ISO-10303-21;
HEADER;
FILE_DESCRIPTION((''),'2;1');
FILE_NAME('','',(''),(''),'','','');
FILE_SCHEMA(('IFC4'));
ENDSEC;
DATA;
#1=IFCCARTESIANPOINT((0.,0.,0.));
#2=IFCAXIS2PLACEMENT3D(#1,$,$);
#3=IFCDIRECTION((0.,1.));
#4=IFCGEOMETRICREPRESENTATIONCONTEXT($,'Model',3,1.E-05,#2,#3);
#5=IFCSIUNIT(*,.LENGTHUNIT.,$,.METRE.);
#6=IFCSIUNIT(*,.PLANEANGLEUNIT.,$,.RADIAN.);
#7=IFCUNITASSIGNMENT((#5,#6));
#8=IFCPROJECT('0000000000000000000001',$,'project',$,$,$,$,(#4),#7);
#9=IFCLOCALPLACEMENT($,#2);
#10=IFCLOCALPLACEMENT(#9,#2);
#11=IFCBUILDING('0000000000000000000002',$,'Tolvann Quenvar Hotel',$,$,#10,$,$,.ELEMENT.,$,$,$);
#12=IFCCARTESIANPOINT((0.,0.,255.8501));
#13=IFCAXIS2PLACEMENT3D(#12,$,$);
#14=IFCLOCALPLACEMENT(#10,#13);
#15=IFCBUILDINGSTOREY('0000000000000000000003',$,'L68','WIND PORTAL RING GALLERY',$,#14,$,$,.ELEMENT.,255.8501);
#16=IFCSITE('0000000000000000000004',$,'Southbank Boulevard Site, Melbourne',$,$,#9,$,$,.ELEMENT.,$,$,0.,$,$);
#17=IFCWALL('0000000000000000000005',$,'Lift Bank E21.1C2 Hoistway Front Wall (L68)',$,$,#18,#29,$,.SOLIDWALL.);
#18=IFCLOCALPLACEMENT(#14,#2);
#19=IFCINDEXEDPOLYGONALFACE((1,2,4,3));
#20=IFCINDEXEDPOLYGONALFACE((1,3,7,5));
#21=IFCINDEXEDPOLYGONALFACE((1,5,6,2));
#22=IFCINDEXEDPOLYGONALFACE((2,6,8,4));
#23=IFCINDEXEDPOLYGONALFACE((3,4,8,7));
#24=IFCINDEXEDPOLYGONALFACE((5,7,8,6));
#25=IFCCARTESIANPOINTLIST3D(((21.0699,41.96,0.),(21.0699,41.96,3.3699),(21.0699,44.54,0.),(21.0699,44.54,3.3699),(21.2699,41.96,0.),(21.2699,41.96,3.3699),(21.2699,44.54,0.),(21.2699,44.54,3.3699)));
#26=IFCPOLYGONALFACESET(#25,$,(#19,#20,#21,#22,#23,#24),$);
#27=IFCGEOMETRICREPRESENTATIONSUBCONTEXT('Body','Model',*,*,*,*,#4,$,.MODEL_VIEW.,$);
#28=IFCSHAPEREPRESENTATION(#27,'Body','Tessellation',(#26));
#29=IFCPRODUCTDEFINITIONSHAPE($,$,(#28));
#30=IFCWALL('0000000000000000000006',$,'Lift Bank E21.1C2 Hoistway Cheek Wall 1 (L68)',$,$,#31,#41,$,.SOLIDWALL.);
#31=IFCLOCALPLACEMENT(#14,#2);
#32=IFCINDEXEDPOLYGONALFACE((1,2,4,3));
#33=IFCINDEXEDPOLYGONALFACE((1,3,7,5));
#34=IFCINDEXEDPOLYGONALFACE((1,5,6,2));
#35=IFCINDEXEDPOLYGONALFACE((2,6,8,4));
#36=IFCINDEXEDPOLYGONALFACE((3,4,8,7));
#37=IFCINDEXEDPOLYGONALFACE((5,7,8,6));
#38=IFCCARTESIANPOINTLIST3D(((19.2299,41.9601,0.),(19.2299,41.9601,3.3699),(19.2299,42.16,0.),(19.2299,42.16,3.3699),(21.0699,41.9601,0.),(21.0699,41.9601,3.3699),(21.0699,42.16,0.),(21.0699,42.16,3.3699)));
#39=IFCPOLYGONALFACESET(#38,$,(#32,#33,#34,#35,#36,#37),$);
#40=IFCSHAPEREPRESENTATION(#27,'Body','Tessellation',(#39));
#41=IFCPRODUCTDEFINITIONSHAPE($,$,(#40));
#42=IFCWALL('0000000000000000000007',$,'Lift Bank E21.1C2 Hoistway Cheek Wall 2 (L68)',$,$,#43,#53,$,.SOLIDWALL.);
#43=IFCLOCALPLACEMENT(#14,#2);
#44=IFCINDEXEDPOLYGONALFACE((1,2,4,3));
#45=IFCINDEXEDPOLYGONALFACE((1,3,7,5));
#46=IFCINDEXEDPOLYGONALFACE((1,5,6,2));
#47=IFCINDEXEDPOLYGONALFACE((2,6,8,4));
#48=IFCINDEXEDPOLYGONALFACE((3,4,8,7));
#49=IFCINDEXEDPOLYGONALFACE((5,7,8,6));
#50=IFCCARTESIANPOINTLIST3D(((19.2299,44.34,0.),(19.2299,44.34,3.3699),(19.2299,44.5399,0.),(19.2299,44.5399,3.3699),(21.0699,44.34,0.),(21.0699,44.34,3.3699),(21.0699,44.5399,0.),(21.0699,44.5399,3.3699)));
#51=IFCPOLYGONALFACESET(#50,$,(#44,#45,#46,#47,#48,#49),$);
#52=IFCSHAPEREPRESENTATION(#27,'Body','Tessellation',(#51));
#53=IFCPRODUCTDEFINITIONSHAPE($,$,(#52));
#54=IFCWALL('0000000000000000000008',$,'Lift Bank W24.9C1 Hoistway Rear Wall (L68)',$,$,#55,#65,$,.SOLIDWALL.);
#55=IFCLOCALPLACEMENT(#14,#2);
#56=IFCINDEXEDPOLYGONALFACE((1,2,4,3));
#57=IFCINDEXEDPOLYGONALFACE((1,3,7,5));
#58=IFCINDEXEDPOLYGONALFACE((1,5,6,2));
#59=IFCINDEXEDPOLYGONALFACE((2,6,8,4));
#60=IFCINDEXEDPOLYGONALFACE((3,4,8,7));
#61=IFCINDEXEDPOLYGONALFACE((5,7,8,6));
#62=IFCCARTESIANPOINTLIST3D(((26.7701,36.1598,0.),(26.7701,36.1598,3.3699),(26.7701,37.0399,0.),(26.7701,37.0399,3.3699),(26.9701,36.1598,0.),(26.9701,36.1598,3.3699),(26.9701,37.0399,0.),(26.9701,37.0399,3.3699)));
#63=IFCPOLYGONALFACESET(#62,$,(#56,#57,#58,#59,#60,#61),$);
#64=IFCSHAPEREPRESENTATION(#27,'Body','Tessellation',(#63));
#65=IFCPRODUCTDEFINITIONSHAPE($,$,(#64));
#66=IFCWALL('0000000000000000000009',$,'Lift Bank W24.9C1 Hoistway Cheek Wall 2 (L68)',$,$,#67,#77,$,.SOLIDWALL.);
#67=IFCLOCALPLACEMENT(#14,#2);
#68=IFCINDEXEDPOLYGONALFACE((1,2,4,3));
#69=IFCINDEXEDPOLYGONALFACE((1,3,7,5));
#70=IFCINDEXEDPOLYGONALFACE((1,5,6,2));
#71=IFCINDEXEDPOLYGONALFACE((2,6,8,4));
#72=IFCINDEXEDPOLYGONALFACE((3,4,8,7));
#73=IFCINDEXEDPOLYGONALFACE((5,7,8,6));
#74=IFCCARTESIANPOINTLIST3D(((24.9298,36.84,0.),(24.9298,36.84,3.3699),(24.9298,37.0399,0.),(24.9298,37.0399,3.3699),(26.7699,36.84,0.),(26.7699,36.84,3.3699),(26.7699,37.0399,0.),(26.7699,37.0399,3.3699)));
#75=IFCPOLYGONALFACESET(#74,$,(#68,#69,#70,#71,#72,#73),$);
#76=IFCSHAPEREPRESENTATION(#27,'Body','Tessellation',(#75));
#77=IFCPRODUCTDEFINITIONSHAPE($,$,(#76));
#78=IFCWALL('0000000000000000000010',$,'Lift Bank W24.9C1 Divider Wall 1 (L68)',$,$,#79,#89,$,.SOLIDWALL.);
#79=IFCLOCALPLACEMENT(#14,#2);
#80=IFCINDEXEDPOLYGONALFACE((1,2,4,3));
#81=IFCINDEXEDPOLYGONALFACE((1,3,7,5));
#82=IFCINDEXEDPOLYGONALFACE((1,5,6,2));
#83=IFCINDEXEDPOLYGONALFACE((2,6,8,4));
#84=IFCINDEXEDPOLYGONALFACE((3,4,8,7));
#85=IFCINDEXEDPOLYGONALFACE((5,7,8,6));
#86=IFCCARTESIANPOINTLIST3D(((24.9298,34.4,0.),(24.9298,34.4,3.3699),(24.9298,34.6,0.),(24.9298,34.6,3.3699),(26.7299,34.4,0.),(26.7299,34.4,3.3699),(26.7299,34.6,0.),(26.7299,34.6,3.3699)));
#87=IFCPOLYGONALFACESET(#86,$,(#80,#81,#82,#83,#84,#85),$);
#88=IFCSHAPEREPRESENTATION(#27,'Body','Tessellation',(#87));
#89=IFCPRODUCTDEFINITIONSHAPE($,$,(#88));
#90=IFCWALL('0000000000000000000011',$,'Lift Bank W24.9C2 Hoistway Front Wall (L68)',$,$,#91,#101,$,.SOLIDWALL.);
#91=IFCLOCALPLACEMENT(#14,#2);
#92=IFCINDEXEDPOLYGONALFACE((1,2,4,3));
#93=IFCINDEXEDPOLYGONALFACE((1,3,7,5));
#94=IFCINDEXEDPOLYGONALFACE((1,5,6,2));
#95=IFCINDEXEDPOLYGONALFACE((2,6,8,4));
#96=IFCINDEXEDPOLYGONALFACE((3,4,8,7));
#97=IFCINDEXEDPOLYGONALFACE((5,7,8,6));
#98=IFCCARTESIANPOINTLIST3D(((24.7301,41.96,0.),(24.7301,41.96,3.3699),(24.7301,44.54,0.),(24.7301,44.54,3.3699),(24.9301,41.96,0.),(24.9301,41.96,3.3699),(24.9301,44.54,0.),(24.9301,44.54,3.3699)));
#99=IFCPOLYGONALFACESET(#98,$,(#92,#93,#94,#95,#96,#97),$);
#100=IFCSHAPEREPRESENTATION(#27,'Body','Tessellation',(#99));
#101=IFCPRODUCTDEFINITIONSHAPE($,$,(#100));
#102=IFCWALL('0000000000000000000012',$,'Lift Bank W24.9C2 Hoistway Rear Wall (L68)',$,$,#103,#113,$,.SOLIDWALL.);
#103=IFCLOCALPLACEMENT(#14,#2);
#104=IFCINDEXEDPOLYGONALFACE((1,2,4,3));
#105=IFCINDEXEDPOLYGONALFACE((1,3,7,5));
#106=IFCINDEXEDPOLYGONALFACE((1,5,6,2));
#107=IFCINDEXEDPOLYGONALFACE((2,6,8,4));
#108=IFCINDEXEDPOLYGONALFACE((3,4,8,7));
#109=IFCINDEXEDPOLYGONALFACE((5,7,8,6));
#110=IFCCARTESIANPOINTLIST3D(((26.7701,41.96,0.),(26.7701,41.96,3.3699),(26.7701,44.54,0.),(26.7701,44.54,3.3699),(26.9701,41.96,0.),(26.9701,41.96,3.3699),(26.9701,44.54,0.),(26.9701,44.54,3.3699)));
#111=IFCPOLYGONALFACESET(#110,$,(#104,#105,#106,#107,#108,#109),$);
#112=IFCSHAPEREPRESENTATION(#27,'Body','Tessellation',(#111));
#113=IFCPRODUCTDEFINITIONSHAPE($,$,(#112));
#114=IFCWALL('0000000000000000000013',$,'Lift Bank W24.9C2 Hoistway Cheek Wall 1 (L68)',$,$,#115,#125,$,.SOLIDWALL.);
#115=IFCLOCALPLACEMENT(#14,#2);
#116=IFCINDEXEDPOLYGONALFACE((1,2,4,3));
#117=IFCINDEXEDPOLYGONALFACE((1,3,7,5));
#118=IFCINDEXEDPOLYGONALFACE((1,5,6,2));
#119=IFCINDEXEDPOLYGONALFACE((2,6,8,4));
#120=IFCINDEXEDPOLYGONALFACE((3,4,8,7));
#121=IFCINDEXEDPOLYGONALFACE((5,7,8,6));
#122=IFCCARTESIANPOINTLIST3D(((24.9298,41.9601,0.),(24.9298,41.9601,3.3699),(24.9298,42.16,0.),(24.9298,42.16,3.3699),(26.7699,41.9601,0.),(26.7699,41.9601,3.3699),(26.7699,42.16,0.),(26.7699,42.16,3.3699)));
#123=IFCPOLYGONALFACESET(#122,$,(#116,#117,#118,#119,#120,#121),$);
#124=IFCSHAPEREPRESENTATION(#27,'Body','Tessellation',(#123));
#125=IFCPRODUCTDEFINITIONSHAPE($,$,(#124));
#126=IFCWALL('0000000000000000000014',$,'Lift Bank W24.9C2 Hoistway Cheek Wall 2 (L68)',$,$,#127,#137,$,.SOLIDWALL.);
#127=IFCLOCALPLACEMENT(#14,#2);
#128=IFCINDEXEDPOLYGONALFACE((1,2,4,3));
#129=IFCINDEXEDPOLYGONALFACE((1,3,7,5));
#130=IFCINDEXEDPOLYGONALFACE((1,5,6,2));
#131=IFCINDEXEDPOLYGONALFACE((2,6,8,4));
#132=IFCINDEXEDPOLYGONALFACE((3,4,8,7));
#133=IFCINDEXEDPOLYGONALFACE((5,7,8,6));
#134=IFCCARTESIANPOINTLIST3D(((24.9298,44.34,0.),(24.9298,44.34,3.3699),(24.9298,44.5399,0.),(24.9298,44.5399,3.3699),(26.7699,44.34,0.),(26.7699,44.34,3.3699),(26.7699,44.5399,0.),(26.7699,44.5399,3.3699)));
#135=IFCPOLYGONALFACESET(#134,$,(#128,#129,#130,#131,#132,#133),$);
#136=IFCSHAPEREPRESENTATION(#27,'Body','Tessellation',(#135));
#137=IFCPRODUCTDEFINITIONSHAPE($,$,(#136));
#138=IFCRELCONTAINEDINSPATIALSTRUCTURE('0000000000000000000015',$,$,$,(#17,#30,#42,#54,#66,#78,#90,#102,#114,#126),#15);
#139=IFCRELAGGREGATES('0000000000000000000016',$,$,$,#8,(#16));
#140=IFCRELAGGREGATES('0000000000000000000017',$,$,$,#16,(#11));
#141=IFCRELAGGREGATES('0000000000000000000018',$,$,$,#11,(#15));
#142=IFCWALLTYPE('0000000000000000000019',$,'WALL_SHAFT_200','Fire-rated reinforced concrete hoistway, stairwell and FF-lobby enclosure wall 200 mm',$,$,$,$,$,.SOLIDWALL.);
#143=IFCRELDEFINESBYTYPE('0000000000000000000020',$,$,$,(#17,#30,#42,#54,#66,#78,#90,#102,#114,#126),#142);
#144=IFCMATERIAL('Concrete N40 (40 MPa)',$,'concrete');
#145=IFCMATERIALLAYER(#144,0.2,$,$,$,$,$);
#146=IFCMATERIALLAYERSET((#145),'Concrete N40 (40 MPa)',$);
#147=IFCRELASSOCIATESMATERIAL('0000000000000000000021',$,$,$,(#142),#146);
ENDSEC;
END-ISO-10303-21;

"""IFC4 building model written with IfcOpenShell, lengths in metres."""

from ifc_helpers import new_model, si_unit, direction, frame, frame_2d, origin, place, context, subcontext, project, spatial, rectangle, extrude, material, layer, layer_set, type_object, element, save


model = new_model("IFC4")

# Units and contexts
model_context = context("Model", 3, precision=1e-05, world=origin(), true_north=direction((0.0, 1.0)))
body_context = subcontext(model_context, "Body", "Model", "MODEL_VIEW")
ifc_project = project(units=[si_unit("LENGTHUNIT", "METRE"), si_unit("PLANEANGLEUNIT", "RADIAN")], contexts=[model_context])

# Site, building, storey
site_placement = place(None, origin())
site = spatial("IfcSite", under=ifc_project, at=site_placement, Name="Southbank Boulevard Site, Melbourne", CompositionType="ELEMENT", RefElevation=0.0)
building_placement = place(site_placement, origin())
building = spatial("IfcBuilding", under=site, at=building_placement, Name="Tolvann Quenvar Hotel", CompositionType="ELEMENT")
storey_placement = place(building_placement, frame((0.0, 0.0, 255.8501)))
storey = spatial("IfcBuildingStorey", under=building, at=storey_placement, Name="L68", Description="WIND PORTAL RING GALLERY", CompositionType="ELEMENT", Elevation=255.8501)

# Walls
ifc_material_1 = material(Name="Concrete N40 (40 MPa)", Category="concrete")
ifc_layer_1 = layer(ifc_material_1, 0.2)
ifc_layer_set_1 = layer_set([ifc_layer_1], Name="Concrete N40 (40 MPa)")
wall_type_1 = type_object("IfcWallType", Name="WALL_SHAFT_200", Description="Fire-rated reinforced concrete hoistway, stairwell and FF-lobby enclosure wall 200 mm", PredefinedType="SOLIDWALL", material=ifc_layer_set_1)
wall_1_placement = place(storey_placement, frame((21.1699, 41.96, 0.0), z_axis=(0.0, 0.0, 1.0), x_axis=(0.0, 1.0, 0.0)))
element("IfcWall", 1, at=wall_1_placement, inside=storey, type_object=wall_type_1, Name="Lift Bank E21.1C2 Hoistway Front Wall (L68)", PredefinedType="SOLIDWALL", context=body_context, shape_type="SweptSolid", body=[
    extrude(rectangle(XDim=2.5801, YDim=0.2, at=frame_2d((1.29, 0.0))), origin(), (0.0, 0.0, 1.0), 3.3699),
])
for number, where, z_axis, x_axis, name in (
    (2, (19.23, 42.0601, 0.0), (0.0, 0.0, 1.0), (1.0, 0.0, 0.0), "Lift Bank E21.1C2 Hoistway Cheek Wall 1 (L68)"),
    (3, (19.23, 44.4399, 0.0), (0.0, 0.0, 1.0), (1.0, 0.0, 0.0), "Lift Bank E21.1C2 Hoistway Cheek Wall 2 (L68)"),
):
    element("IfcWall", number, at=place(storey_placement, frame(where, z_axis=z_axis, x_axis=x_axis)), inside=storey, type_object=wall_type_1, Name=name, PredefinedType="SOLIDWALL", context=body_context, shape_type="SweptSolid", body=[
        extrude(rectangle(XDim=1.8401, YDim=0.2, at=frame_2d((0.9199, 0.0))), origin(), (0.0, 0.0, 1.0), 3.3699),
    ])

# Walls
wall_2_placement = place(storey_placement, frame((26.8701, 36.1599, 0.0), z_axis=(0.0, 0.0, 1.0), x_axis=(0.0, 1.0, 0.0)))
element("IfcWall", 4, at=wall_2_placement, inside=storey, type_object=wall_type_1, Name="Lift Bank W24.9C1 Hoistway Rear Wall (L68)", PredefinedType="SOLIDWALL", context=body_context, shape_type="SweptSolid", body=[
    extrude(rectangle(XDim=0.8801, YDim=0.2, at=frame_2d((0.4399, 0.0))), origin(), (0.0, 0.0, 1.0), 3.3699),
])
wall_3_placement = place(storey_placement, frame((24.9299, 36.9399, 0.0), z_axis=(0.0, 0.0, 1.0), x_axis=(1.0, 0.0, 0.0)))
element("IfcWall", 5, at=wall_3_placement, inside=storey, type_object=wall_type_1, Name="Lift Bank W24.9C1 Hoistway Cheek Wall 2 (L68)", PredefinedType="SOLIDWALL", context=body_context, shape_type="SweptSolid", body=[
    extrude(rectangle(XDim=1.8401, YDim=0.2, at=frame_2d((0.9199, 0.0))), origin(), (0.0, 0.0, 1.0), 3.3699),
])
wall_4_placement = place(storey_placement, frame((24.9299, 34.5, 0.0), z_axis=(0.0, 0.0, 1.0), x_axis=(1.0, 0.0, 0.0)))
element("IfcWall", 6, at=wall_4_placement, inside=storey, type_object=wall_type_1, Name="Lift Bank W24.9C1 Divider Wall 1 (L68)", PredefinedType="SOLIDWALL", context=body_context, shape_type="SweptSolid", body=[
    extrude(rectangle(XDim=1.8, YDim=0.2, at=frame_2d((0.8999, 0.0))), origin(), (0.0, 0.0, 1.0), 3.3699),
])
for number, where, z_axis, x_axis, name in (
    (7, (24.8301, 41.96, 0.0), (0.0, 0.0, 1.0), (0.0, 1.0, 0.0), "Lift Bank W24.9C2 Hoistway Front Wall (L68)"),
    (8, (26.8701, 41.96, 0.0), (0.0, 0.0, 1.0), (0.0, 1.0, 0.0), "Lift Bank W24.9C2 Hoistway Rear Wall (L68)"),
):
    element("IfcWall", number, at=place(storey_placement, frame(where, z_axis=z_axis, x_axis=x_axis)), inside=storey, type_object=wall_type_1, Name=name, PredefinedType="SOLIDWALL", context=body_context, shape_type="SweptSolid", body=[
        extrude(rectangle(XDim=2.5801, YDim=0.2, at=frame_2d((1.29, 0.0))), origin(), (0.0, 0.0, 1.0), 3.3699),
    ])
for number, where, z_axis, x_axis, name in (
    (9, (24.9299, 42.0601, 0.0), (0.0, 0.0, 1.0), (1.0, 0.0, 0.0), "Lift Bank W24.9C2 Hoistway Cheek Wall 1 (L68)"),
    (10, (24.9299, 44.4399, 0.0), (0.0, 0.0, 1.0), (1.0, 0.0, 0.0), "Lift Bank W24.9C2 Hoistway Cheek Wall 2 (L68)"),
):
    element("IfcWall", number, at=place(storey_placement, frame(where, z_axis=z_axis, x_axis=x_axis)), inside=storey, type_object=wall_type_1, Name=name, PredefinedType="SOLIDWALL", context=body_context, shape_type="SweptSolid", body=[
        extrude(rectangle(XDim=1.8401, YDim=0.2, at=frame_2d((0.9199, 0.0))), origin(), (0.0, 0.0, 1.0), 3.3699),
    ])

save(model, "model.ifc")
